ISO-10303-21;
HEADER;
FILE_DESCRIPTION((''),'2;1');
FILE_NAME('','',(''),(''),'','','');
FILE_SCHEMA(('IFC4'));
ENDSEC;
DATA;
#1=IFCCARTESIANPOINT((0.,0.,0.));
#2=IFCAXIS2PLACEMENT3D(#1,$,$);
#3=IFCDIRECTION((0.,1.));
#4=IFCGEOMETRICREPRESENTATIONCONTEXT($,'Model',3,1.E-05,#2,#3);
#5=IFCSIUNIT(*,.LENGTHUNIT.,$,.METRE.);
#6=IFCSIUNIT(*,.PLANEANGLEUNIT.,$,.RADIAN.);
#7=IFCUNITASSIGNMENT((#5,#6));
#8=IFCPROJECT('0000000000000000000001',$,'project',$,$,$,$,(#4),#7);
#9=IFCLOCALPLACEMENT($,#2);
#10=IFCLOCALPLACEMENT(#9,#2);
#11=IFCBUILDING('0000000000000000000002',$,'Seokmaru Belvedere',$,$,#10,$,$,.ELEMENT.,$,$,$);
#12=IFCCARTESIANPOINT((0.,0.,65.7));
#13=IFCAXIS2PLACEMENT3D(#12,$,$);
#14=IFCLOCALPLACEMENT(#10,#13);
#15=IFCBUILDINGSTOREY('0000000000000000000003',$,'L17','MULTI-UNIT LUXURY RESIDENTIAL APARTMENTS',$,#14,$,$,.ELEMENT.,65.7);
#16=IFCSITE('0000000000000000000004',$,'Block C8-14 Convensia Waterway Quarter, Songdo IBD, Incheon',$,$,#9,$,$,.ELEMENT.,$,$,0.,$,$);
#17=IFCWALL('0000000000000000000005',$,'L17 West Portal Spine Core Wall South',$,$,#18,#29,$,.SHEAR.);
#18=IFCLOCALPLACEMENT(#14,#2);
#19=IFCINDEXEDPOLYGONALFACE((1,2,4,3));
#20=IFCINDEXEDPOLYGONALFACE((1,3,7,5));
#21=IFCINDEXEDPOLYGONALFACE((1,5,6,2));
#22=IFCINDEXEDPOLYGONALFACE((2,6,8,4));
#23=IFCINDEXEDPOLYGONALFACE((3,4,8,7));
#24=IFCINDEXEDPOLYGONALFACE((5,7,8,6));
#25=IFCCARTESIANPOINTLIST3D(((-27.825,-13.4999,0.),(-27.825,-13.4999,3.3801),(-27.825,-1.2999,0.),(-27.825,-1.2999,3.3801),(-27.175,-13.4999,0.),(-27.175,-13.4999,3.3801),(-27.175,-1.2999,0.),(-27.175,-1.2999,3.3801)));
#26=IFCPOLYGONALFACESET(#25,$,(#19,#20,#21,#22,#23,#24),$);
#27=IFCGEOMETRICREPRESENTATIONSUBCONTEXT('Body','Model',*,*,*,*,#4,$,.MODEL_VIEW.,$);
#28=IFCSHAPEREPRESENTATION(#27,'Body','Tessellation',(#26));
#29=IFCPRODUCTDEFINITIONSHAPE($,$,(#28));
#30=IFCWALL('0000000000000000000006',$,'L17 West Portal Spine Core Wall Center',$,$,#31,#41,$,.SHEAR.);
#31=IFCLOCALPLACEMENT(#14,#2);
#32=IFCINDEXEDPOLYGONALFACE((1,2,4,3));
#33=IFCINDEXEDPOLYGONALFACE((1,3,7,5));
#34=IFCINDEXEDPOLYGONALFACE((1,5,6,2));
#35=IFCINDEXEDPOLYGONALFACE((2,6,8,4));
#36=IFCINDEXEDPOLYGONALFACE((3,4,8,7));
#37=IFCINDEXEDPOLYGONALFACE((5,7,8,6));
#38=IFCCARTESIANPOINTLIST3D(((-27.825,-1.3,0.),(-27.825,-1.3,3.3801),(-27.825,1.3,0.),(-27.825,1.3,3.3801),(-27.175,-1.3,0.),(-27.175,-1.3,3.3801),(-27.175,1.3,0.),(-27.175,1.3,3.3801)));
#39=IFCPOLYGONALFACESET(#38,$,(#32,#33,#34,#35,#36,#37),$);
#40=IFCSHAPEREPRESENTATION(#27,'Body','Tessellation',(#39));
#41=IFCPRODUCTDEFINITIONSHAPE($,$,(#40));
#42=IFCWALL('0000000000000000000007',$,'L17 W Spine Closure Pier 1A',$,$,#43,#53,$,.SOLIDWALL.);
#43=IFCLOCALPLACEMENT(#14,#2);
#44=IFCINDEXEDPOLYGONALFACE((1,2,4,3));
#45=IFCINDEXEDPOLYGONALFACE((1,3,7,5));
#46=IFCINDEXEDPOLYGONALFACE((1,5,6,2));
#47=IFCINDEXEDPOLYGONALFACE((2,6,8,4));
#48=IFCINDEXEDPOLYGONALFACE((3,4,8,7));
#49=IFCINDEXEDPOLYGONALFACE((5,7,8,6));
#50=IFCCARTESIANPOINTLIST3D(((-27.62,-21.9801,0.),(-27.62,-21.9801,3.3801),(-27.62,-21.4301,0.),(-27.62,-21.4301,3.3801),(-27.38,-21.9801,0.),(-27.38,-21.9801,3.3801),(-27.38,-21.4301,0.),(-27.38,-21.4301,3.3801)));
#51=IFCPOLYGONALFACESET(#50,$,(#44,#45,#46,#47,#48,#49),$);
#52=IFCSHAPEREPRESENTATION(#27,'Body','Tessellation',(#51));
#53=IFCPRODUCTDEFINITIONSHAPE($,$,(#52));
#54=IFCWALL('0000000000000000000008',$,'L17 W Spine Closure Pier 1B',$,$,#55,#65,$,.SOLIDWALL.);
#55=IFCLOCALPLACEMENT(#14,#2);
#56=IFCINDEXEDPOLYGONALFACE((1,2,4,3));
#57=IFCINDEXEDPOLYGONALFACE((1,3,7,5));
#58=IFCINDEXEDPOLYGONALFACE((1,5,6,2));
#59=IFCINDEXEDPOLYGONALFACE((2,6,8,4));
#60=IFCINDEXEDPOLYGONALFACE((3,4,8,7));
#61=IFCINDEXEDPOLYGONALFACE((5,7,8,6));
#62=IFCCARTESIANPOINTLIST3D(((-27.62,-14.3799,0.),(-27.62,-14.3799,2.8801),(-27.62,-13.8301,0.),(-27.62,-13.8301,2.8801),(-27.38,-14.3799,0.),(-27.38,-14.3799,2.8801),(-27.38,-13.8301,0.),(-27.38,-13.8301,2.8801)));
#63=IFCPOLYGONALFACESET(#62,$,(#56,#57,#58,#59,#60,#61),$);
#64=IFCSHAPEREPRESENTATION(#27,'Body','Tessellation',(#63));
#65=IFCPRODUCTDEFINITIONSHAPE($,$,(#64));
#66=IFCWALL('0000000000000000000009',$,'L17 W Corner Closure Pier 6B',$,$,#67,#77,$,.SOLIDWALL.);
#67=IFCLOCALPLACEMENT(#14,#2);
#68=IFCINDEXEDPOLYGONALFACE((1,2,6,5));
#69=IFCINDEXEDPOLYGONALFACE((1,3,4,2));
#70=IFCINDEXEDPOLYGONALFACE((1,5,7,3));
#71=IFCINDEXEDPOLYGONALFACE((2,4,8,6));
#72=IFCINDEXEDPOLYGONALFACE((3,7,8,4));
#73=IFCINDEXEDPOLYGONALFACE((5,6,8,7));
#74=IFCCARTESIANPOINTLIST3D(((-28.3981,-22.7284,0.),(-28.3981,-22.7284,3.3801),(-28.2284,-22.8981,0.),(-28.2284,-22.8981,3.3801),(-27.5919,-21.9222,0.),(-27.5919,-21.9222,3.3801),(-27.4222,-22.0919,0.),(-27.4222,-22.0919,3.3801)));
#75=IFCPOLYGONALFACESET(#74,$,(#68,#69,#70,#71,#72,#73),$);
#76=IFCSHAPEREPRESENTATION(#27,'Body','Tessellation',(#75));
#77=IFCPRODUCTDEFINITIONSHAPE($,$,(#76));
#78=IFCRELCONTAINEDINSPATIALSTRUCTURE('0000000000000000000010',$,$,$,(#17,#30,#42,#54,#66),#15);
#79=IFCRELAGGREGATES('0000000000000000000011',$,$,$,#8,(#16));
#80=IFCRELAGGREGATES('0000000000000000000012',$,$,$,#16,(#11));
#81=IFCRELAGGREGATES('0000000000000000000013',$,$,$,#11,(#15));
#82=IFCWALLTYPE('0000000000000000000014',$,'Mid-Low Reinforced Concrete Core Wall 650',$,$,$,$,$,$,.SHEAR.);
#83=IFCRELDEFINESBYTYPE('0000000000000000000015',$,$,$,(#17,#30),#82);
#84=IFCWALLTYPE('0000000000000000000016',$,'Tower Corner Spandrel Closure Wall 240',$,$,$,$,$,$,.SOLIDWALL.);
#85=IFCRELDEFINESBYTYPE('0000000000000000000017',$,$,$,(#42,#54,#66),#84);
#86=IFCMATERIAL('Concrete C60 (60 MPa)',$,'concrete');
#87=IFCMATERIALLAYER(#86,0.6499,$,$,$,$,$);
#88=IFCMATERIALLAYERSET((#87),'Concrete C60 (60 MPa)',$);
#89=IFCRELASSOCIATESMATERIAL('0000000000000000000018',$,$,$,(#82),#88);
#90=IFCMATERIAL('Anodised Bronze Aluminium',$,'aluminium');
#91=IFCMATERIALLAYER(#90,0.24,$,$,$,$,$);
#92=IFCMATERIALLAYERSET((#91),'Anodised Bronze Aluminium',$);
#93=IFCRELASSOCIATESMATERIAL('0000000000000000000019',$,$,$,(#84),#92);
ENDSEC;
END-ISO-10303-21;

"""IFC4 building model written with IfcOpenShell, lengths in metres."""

from ifc_helpers import new_model, si_unit, direction, frame, frame_2d, origin, place, context, subcontext, project, spatial, rectangle, extrude, material, layer, layer_set, type_object, element, save


model = new_model("IFC4")

# Units and contexts
model_context = context("Model", 3, precision=1e-05, world=origin(), true_north=direction((0.0, 1.0)))
body_context = subcontext(model_context, "Body", "Model", "MODEL_VIEW")
ifc_project = project(units=[si_unit("LENGTHUNIT", "METRE"), si_unit("PLANEANGLEUNIT", "RADIAN")], contexts=[model_context])

# Site, building, storey
site_placement = place(None, origin())
site = spatial("IfcSite", under=ifc_project, at=site_placement, Name="Block C8-14 Convensia Waterway Quarter, Songdo IBD, Incheon", CompositionType="ELEMENT", RefElevation=0.0)
building_placement = place(site_placement, origin())
building = spatial("IfcBuilding", under=site, at=building_placement, Name="Seokmaru Belvedere", CompositionType="ELEMENT")
storey_placement = place(building_placement, frame((0.0, 0.0, 65.7)))
storey = spatial("IfcBuildingStorey", under=building, at=storey_placement, Name="L17", Description="MULTI-UNIT LUXURY RESIDENTIAL APARTMENTS", CompositionType="ELEMENT", Elevation=65.7)

# Shared definitions
ifc_material_1 = material(Name="Anodised Bronze Aluminium", Category="aluminium")

# Walls
ifc_material_2 = material(Name="Concrete C60 (60 MPa)", Category="concrete")
ifc_layer_1 = layer(ifc_material_2, 0.6499)
ifc_layer_set_1 = layer_set([ifc_layer_1], Name="Concrete C60 (60 MPa)")
wall_type_1 = type_object("IfcWallType", Name="Mid-Low Reinforced Concrete Core Wall 650", PredefinedType="SHEAR", material=ifc_layer_set_1)
wall_1_placement = place(storey_placement, frame((-27.5, -13.5, 0.0), z_axis=(0.0, 0.0, 1.0), x_axis=(0.0, 1.0, 0.0)))
element("IfcWall", 1, at=wall_1_placement, inside=storey, type_object=wall_type_1, Name="L17 West Portal Spine Core Wall South", PredefinedType="SHEAR", context=body_context, shape_type="SweptSolid", body=[
    extrude(rectangle(XDim=12.2, YDim=0.6499, at=frame_2d((6.1001, 0.0))), origin(), (0.0, 0.0, 1.0), 3.3801),
])
wall_2_placement = place(storey_placement, frame((-27.5, -1.3, 0.0), z_axis=(0.0, 0.0, 1.0), x_axis=(0.0, 1.0, 0.0)))
element("IfcWall", 2, at=wall_2_placement, inside=storey, type_object=wall_type_1, Name="L17 West Portal Spine Core Wall Center", PredefinedType="SHEAR", context=body_context, shape_type="SweptSolid", body=[
    extrude(rectangle(XDim=2.6001, YDim=0.6499, at=frame_2d((1.3, 0.0))), origin(), (0.0, 0.0, 1.0), 3.3801),
])
ifc_layer_2 = layer(ifc_material_1, 0.24)
ifc_layer_set_2 = layer_set([ifc_layer_2], Name="Anodised Bronze Aluminium")
wall_type_2 = type_object("IfcWallType", Name="Tower Corner Spandrel Closure Wall 240", PredefinedType="SOLIDWALL", material=ifc_layer_set_2)
wall_3_placement = place(storey_placement, frame((-27.5, -21.98, 0.0), z_axis=(0.0, 0.0, 1.0), x_axis=(0.0, 1.0, 0.0)))
element("IfcWall", 3, at=wall_3_placement, inside=storey, type_object=wall_type_2, Name="L17 W Spine Closure Pier 1A", PredefinedType="SOLIDWALL", context=body_context, shape_type="SweptSolid", body=[
    extrude(rectangle(XDim=0.55, YDim=0.24, at=frame_2d((0.2749, 0.0))), origin(), (0.0, 0.0, 1.0), 3.3801),
])
wall_4_placement = place(storey_placement, frame((-27.5, -14.3799, 0.0), z_axis=(0.0, 0.0, 1.0), x_axis=(0.0, 1.0, 0.0)))
element("IfcWall", 4, at=wall_4_placement, inside=storey, type_object=wall_type_2, Name="L17 W Spine Closure Pier 1B", PredefinedType="SOLIDWALL", context=body_context, shape_type="SweptSolid", body=[
    extrude(rectangle(XDim=0.5498, YDim=0.24, at=frame_2d((0.2749, 0.0))), origin(), (0.0, 0.0, 1.0), 2.8801),
])
wall_5_placement = place(storey_placement, frame((-28.3132, -22.8132, 0.0), z_axis=(0.0, 0.0, 1.0), x_axis=(0.707107, 0.707107, 0.0)))
element("IfcWall", 5, at=wall_5_placement, inside=storey, type_object=wall_type_2, Name="L17 W Corner Closure Pier 6B", PredefinedType="SOLIDWALL", context=body_context, shape_type="SweptSolid", body=[
    extrude(rectangle(XDim=1.1401, YDim=0.24, at=frame_2d((0.5701, 0.0))), origin(), (0.0, 0.0, 1.0), 3.3801),
])

save(model, "model.ifc")
